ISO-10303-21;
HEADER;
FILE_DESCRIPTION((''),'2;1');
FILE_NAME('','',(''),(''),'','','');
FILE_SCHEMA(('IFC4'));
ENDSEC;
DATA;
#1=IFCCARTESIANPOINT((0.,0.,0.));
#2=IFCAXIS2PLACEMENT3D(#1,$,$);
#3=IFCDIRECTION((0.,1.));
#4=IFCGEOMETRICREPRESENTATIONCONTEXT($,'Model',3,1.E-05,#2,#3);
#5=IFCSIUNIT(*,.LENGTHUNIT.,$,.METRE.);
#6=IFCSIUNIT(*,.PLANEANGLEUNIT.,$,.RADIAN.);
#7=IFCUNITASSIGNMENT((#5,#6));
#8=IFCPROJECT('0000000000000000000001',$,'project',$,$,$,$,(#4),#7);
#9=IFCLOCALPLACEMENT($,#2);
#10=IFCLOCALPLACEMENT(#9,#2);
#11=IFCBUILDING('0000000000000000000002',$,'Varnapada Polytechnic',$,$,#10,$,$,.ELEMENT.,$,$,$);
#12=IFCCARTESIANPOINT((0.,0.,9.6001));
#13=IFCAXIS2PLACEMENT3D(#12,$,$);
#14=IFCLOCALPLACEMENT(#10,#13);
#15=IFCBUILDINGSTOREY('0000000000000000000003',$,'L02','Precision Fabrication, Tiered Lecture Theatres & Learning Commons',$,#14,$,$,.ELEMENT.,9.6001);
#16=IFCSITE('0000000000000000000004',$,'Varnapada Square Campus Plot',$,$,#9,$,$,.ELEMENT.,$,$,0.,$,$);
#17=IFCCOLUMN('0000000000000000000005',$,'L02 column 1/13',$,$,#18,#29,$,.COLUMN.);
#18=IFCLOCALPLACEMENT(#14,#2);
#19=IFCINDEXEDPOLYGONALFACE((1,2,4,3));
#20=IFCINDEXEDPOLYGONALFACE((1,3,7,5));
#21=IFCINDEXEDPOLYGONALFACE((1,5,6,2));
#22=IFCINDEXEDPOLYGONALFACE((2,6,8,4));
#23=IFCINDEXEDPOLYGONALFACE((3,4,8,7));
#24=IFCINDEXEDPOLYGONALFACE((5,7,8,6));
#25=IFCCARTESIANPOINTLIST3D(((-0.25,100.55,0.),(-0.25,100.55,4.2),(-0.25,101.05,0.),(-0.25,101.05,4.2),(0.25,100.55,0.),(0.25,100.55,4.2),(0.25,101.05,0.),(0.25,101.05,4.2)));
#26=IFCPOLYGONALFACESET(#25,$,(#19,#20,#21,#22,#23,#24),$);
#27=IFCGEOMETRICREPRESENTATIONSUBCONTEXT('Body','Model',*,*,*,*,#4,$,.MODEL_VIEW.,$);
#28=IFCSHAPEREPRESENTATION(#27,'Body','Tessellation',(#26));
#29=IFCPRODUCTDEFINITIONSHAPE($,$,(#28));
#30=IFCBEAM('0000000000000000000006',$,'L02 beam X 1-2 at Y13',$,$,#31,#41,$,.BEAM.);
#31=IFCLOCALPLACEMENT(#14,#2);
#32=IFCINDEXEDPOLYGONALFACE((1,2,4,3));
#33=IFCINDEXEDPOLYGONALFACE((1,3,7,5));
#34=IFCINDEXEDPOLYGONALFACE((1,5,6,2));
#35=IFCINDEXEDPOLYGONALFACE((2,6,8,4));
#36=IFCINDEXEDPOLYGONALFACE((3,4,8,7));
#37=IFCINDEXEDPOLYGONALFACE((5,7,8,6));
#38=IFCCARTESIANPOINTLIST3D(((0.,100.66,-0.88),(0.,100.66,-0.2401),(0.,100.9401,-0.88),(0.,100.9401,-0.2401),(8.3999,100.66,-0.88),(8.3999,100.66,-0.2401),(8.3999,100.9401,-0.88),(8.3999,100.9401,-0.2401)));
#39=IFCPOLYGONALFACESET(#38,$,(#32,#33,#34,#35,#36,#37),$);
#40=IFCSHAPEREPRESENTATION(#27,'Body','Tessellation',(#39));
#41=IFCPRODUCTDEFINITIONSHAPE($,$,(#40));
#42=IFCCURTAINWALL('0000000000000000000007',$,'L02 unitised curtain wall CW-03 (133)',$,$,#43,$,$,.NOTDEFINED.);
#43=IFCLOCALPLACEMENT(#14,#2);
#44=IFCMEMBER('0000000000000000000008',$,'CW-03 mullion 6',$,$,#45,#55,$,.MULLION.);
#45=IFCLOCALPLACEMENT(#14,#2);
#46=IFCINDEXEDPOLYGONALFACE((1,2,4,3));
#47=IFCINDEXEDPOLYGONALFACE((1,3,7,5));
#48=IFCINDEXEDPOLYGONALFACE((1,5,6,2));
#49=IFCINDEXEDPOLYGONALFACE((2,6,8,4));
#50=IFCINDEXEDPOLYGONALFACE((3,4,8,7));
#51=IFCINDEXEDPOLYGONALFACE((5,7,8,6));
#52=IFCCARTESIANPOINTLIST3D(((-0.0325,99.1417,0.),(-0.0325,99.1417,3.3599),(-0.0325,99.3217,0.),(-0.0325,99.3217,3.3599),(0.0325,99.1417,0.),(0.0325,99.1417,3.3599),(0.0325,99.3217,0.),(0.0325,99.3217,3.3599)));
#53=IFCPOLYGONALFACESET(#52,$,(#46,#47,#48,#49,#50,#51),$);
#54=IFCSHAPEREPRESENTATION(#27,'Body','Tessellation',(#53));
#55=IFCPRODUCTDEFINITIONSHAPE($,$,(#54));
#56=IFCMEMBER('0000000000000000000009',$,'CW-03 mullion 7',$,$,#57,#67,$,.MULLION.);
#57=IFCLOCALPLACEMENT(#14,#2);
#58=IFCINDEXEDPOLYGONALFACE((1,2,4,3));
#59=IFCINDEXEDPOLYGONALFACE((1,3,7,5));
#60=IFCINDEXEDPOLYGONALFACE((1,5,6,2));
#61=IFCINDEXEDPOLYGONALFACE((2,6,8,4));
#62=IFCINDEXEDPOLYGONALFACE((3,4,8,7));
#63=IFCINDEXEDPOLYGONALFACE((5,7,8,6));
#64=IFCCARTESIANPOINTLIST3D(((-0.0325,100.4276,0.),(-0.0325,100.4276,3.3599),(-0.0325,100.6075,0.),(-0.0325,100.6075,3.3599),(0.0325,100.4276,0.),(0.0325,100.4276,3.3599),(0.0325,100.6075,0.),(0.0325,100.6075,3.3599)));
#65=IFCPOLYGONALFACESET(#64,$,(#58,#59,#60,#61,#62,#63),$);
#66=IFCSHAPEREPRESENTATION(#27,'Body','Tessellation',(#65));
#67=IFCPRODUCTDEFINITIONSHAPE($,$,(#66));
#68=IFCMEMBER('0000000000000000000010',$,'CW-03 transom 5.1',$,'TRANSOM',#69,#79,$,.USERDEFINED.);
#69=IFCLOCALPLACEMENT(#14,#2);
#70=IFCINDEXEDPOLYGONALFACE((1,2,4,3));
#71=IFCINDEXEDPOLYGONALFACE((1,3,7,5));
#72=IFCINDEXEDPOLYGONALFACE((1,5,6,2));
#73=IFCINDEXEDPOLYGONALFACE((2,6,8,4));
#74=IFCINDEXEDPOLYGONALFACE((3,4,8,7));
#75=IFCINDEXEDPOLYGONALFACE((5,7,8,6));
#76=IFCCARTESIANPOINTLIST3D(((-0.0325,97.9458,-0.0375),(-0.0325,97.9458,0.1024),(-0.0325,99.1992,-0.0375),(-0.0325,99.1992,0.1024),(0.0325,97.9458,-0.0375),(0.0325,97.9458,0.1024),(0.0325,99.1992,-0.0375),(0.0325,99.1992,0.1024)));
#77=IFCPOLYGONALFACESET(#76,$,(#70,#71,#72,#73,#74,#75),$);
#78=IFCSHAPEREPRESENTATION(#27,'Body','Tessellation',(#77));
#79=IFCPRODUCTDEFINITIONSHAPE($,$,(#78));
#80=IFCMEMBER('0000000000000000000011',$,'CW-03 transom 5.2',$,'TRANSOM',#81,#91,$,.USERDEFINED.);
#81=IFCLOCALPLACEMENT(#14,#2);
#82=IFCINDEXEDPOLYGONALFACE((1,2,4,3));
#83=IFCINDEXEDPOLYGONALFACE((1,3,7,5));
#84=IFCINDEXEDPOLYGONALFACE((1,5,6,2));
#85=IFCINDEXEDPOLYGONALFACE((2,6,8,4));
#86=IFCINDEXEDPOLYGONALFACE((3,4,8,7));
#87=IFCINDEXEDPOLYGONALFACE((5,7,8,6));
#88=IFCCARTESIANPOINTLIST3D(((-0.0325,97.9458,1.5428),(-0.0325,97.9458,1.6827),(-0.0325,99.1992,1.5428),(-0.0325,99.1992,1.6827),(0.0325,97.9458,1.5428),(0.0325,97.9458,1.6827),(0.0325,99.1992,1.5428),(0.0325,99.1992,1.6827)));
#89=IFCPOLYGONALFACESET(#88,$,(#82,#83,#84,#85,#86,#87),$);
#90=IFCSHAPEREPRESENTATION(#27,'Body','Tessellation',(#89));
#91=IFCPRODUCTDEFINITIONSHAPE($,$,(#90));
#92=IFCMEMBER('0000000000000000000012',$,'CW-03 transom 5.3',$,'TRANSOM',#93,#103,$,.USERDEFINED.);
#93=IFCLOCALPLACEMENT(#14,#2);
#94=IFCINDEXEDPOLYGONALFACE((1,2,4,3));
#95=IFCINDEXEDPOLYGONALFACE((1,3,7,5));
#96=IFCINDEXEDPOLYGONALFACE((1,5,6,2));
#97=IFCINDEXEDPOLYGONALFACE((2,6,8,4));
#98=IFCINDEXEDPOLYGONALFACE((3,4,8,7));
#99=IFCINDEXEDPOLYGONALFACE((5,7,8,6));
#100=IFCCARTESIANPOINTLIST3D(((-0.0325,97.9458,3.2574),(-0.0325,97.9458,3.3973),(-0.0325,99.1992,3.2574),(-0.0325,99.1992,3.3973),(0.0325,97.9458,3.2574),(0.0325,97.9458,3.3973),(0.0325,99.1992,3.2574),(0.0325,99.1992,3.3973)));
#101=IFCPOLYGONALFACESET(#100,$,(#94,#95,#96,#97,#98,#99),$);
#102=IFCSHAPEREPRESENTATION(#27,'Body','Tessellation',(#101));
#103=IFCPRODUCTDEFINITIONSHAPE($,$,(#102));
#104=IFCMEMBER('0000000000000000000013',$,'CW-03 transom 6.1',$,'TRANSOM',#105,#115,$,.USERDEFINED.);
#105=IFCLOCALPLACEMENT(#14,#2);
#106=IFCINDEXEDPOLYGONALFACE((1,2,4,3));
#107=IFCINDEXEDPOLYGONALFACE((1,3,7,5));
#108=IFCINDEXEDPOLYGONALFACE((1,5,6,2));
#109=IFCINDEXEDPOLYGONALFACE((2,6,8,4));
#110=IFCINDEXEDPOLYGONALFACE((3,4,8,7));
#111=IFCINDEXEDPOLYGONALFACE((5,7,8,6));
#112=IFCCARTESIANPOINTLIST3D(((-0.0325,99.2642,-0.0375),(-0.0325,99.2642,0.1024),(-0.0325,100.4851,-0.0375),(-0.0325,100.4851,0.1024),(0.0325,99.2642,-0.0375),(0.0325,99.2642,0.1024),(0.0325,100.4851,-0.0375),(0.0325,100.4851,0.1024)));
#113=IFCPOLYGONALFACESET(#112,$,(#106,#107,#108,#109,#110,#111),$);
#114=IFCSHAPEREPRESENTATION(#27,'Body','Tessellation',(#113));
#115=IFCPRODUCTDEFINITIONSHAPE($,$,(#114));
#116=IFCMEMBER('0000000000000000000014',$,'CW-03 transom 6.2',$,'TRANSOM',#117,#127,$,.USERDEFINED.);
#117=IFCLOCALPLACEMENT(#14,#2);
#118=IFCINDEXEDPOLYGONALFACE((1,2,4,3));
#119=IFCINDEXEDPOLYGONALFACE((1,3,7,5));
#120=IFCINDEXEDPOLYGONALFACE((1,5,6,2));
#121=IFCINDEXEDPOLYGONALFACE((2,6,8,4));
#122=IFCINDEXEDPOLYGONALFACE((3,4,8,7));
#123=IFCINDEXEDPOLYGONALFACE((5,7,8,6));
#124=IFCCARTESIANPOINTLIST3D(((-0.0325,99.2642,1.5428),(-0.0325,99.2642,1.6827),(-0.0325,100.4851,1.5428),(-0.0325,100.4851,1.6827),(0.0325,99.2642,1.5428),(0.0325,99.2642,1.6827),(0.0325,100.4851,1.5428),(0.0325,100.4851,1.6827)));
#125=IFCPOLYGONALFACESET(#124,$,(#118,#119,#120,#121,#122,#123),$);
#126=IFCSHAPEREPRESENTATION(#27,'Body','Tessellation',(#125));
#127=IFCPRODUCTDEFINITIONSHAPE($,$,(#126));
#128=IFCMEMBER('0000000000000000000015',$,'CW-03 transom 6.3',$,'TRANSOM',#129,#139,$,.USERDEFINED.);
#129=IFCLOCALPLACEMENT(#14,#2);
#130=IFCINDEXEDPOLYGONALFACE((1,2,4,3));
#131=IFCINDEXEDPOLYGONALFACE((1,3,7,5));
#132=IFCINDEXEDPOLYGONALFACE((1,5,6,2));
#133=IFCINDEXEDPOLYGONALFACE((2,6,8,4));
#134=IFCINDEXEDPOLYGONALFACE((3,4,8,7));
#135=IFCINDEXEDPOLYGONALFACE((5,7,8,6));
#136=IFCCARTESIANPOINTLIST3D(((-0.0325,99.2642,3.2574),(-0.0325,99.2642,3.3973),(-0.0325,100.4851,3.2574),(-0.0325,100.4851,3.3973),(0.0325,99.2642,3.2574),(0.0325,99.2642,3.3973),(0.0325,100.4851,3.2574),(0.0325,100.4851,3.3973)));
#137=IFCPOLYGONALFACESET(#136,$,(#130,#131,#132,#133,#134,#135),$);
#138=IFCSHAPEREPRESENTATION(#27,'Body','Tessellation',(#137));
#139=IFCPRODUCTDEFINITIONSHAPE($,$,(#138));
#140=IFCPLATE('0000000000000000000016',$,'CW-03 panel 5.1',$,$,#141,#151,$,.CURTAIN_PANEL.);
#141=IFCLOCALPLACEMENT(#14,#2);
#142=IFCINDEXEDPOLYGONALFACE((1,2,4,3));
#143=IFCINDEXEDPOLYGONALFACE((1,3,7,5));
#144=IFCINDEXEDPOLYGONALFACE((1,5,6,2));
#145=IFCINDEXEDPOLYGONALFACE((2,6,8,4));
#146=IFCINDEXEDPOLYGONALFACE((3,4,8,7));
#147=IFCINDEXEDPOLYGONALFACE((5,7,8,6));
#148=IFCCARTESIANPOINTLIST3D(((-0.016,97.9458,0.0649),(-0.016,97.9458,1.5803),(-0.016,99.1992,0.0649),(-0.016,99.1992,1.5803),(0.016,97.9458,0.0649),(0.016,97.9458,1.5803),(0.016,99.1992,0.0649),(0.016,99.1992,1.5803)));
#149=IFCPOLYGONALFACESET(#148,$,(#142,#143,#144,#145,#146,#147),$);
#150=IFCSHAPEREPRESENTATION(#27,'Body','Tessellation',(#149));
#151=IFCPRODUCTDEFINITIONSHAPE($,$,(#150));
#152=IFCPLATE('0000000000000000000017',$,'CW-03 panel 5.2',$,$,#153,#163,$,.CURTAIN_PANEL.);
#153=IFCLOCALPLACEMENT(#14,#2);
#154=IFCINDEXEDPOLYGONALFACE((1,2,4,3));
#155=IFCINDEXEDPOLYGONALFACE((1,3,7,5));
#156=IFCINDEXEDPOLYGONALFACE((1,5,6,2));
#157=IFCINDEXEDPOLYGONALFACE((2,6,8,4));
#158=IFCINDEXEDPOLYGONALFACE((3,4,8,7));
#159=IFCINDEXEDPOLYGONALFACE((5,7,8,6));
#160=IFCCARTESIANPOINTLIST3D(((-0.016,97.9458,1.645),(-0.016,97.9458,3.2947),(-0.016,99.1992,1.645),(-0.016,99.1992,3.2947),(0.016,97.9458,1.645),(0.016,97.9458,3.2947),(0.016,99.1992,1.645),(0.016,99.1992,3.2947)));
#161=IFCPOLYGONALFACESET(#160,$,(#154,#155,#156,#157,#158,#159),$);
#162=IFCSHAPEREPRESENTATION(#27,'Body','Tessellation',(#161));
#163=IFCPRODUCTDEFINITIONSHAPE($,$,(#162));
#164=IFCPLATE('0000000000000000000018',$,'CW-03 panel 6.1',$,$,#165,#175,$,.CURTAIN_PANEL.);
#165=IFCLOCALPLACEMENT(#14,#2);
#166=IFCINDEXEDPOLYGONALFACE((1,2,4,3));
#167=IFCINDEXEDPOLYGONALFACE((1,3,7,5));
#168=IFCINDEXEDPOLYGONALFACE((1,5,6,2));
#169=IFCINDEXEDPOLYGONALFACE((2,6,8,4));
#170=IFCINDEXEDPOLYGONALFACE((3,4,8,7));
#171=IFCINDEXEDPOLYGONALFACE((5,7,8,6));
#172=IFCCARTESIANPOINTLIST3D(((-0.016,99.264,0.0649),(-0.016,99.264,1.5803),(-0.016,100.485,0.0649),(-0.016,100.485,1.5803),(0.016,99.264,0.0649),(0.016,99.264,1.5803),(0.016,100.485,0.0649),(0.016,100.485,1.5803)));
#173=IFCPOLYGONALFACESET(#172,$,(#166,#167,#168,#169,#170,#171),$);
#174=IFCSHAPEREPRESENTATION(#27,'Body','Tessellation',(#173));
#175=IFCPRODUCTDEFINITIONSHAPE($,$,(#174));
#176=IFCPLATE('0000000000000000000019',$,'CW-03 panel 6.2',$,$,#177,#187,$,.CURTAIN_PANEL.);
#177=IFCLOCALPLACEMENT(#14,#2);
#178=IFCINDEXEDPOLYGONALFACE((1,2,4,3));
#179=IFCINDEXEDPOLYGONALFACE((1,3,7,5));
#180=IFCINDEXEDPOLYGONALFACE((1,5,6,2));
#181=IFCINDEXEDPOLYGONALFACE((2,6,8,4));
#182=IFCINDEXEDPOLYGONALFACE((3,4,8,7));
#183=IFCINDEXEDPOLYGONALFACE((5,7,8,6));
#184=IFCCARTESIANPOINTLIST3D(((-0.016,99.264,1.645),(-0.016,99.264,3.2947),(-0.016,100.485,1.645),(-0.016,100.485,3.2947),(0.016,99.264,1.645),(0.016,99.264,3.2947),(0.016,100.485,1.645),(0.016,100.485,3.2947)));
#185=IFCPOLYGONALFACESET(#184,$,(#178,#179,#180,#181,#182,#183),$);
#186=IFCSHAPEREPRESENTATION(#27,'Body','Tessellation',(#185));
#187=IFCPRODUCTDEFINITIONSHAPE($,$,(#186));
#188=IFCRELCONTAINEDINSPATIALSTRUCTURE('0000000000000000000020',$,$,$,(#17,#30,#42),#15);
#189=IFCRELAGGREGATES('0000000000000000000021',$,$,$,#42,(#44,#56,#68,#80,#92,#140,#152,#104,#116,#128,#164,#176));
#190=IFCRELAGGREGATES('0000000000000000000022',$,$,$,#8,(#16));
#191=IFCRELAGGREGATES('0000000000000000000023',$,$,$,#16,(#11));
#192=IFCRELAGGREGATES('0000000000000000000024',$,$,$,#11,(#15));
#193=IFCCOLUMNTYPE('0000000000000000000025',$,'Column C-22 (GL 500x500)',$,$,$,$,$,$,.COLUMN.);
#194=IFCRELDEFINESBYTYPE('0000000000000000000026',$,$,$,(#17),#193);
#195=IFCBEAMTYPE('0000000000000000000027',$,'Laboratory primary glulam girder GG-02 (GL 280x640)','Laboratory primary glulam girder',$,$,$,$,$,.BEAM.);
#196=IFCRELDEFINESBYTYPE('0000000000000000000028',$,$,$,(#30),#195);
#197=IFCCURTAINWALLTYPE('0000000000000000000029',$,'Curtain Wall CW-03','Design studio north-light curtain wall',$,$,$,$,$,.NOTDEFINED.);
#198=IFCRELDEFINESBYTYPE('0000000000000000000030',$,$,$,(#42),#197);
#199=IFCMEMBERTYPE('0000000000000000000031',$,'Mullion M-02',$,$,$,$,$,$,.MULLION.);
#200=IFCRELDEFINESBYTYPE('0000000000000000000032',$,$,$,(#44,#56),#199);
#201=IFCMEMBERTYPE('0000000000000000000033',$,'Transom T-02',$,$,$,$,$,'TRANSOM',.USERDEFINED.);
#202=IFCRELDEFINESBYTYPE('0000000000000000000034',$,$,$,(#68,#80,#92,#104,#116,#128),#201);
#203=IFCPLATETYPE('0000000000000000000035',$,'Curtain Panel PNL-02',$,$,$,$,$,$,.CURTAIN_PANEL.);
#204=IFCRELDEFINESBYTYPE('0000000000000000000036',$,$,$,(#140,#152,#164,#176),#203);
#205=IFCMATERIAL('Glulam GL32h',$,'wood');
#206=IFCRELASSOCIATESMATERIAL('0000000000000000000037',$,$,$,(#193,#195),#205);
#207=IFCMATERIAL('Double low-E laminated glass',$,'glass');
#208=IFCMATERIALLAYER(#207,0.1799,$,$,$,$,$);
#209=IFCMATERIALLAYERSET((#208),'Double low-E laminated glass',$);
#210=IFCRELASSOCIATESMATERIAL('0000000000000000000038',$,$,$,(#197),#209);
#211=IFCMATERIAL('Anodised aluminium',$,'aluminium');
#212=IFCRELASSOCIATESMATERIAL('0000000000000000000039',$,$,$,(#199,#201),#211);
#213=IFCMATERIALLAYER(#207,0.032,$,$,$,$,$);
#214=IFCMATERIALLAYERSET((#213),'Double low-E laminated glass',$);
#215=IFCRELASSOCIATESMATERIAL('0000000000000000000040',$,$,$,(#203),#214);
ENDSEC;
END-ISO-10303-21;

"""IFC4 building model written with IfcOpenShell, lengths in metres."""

from ifc_helpers import new_model, si_unit, direction, frame, origin, origin_2d, place, context, subcontext, project, spatial, rectangle, extrude, material, layer, layer_set, material_profile, profile_set, type_object, element, aggregate, save


model = new_model("IFC4")

# Units and contexts
model_context = context("Model", 3, precision=1e-05, world=origin(), true_north=direction((0.0, 1.0)))
body_context = subcontext(model_context, "Body", "Model", "MODEL_VIEW")
ifc_project = project(units=[si_unit("LENGTHUNIT", "METRE"), si_unit("PLANEANGLEUNIT", "RADIAN")], contexts=[model_context])

# Site, building, storey
site_placement = place(None, origin())
site = spatial("IfcSite", under=ifc_project, at=site_placement, Name="Varnapada Square Campus Plot", CompositionType="ELEMENT", RefElevation=0.0)
building_placement = place(site_placement, origin())
building = spatial("IfcBuilding", under=site, at=building_placement, Name="Varnapada Polytechnic", CompositionType="ELEMENT")
storey_placement = place(building_placement, frame((0.0, 0.0, 9.6001)))
storey = spatial("IfcBuildingStorey", under=building, at=storey_placement, Name="L02", Description="Precision Fabrication, Tiered Lecture Theatres & Learning Commons", CompositionType="ELEMENT", Elevation=9.6001)

# Column
ifc_material_1 = material(Name="Glulam GL32h", Category="wood")
ifc_material_profile_1 = material_profile(ifc_material_1, rectangle(XDim=0.5, YDim=0.5, at=origin_2d()), Name="GL 500x500")
ifc_profile_set_1 = profile_set([ifc_material_profile_1], Name="Glulam GL32h")
column_type = type_object("IfcColumnType", Name="Column C-22 (GL 500x500)", PredefinedType="COLUMN", material=ifc_profile_set_1)
column_placement = place(storey_placement, frame((0.0, 100.8, 0.0), z_axis=(0.0, 0.0, 1.0), x_axis=(1.0, 0.0, 0.0)))
element("IfcColumn", 1, at=column_placement, inside=storey, type_object=column_type, Name="L02 column 1/13", PredefinedType="COLUMN", context=body_context, shape_type="SweptSolid", body=[
    extrude(rectangle(XDim=0.5, YDim=0.5, at=origin_2d()), origin(), (0.0, 0.0, 1.0), 4.2),
])

# Beam
ifc_material_profile_2 = material_profile(ifc_material_1, rectangle(XDim=0.28, YDim=0.6399, at=origin_2d()), Name="GL 280x640")
ifc_profile_set_2 = profile_set([ifc_material_profile_2], Name="Glulam GL32h")
beam_type = type_object("IfcBeamType", Name="Laboratory primary glulam girder GG-02 (GL 280x640)", Description="Laboratory primary glulam girder", PredefinedType="BEAM", material=ifc_profile_set_2)
beam_placement = place(storey_placement, frame((0.0, 100.8, -0.5601), z_axis=(1.0, 0.0, 0.0), x_axis=(0.0, 1.0, 0.0)))
element("IfcBeam", 2, at=beam_placement, inside=storey, type_object=beam_type, Name="L02 beam X 1-2 at Y13", PredefinedType="BEAM", context=body_context, shape_type="SweptSolid", body=[
    extrude(rectangle(XDim=0.28, YDim=0.6399, at=origin_2d()), origin(), (0.0, 0.0, 1.0), 8.3999),
])

# Curtain wall, members, plates
ifc_material_2 = material(Name="Double low-E laminated glass", Category="glass")
ifc_layer_1 = layer(ifc_material_2, 0.1799)
ifc_layer_set_1 = layer_set([ifc_layer_1], Name="Double low-E laminated glass")
curtain_wall_type = type_object("IfcCurtainWallType", Name="Curtain Wall CW-03", Description="Design studio north-light curtain wall", PredefinedType="NOTDEFINED", material=ifc_layer_set_1)
curtain_wall_placement = place(storey_placement, origin())
curtain_wall = element("IfcCurtainWall", 3, at=curtain_wall_placement, inside=storey, type_object=curtain_wall_type, Name="L02 unitised curtain wall CW-03 (133)", PredefinedType="NOTDEFINED")
ifc_material_3 = material(Name="Anodised aluminium", Category="aluminium")
ifc_material_profile_3 = material_profile(ifc_material_3, rectangle(XDim=0.0649, YDim=0.1799, at=origin_2d()), Name="ALU M65x180")
ifc_profile_set_3 = profile_set([ifc_material_profile_3], Name="Anodised aluminium")
member_type_1 = type_object("IfcMemberType", Name="Mullion M-02", PredefinedType="MULLION", material=ifc_profile_set_3)
member_1_placement = place(storey_placement, frame((0.0, 99.2317, 0.0), z_axis=(0.0, 0.0, 1.0), x_axis=(-1.0, 0.0, 0.0)))
member_1 = element("IfcMember", 4, at=member_1_placement, type_object=member_type_1, Name="CW-03 mullion 6", PredefinedType="MULLION", context=body_context, shape_type="SweptSolid", body=[
    extrude(rectangle(XDim=0.0649, YDim=0.1799, at=origin_2d()), origin(), (0.0, 0.0, 1.0), 3.3599),
])
member_2_placement = place(storey_placement, frame((0.0, 100.5176, 0.0), z_axis=(0.0, 0.0, 1.0), x_axis=(-1.0, 0.0, 0.0)))
member_2 = element("IfcMember", 5, at=member_2_placement, type_object=member_type_1, Name="CW-03 mullion 7", PredefinedType="MULLION", context=body_context, shape_type="SweptSolid", body=[
    extrude(rectangle(XDim=0.0649, YDim=0.1799, at=origin_2d()), origin(), (0.0, 0.0, 1.0), 3.3599),
])
ifc_material_profile_4 = material_profile(ifc_material_3, rectangle(XDim=0.0649, YDim=0.1399, at=origin_2d()), Name="ALU T65x140")
ifc_profile_set_4 = profile_set([ifc_material_profile_4], Name="Anodised aluminium")
member_type_2 = type_object("IfcMemberType", Name="Transom T-02", ElementType="TRANSOM", PredefinedType="USERDEFINED", material=ifc_profile_set_4)
member_3_placement = place(storey_placement, frame((0.0, 97.9458, 0.0325), z_axis=(0.0, 1.0, 0.0), x_axis=(-1.0, 0.0, 0.0)))
member_3 = element("IfcMember", 6, at=member_3_placement, type_object=member_type_2, Name="CW-03 transom 5.1", ObjectType="TRANSOM", PredefinedType="USERDEFINED", context=body_context, shape_type="SweptSolid", body=[
    extrude(rectangle(XDim=0.0649, YDim=0.1399, at=origin_2d()), origin(), (0.0, 0.0, 1.0), 1.2534),
])
member_4_placement = place(storey_placement, frame((0.0, 97.9458, 1.6128), z_axis=(0.0, 1.0, 0.0), x_axis=(-1.0, 0.0, 0.0)))
member_4 = element("IfcMember", 7, at=member_4_placement, type_object=member_type_2, Name="CW-03 transom 5.2", ObjectType="TRANSOM", PredefinedType="USERDEFINED", context=body_context, shape_type="SweptSolid", body=[
    extrude(rectangle(XDim=0.0649, YDim=0.1399, at=origin_2d()), origin(), (0.0, 0.0, 1.0), 1.2534),
])
member_5_placement = place(storey_placement, frame((0.0, 97.9458, 3.3274), z_axis=(0.0, 1.0, 0.0), x_axis=(-1.0, 0.0, 0.0)))
member_5 = element("IfcMember", 8, at=member_5_placement, type_object=member_type_2, Name="CW-03 transom 5.3", ObjectType="TRANSOM", PredefinedType="USERDEFINED", context=body_context, shape_type="SweptSolid", body=[
    extrude(rectangle(XDim=0.0649, YDim=0.1399, at=origin_2d()), origin(), (0.0, 0.0, 1.0), 1.2534),
])
member_6_placement = place(storey_placement, frame((0.0, 99.2642, 0.0325), z_axis=(0.0, 1.0, 0.0), x_axis=(-1.0, 0.0, 0.0)))
member_6 = element("IfcMember", 9, at=member_6_placement, type_object=member_type_2, Name="CW-03 transom 6.1", ObjectType="TRANSOM", PredefinedType="USERDEFINED", context=body_context, shape_type="SweptSolid", body=[
    extrude(rectangle(XDim=0.0649, YDim=0.1399, at=origin_2d()), origin(), (0.0, 0.0, 1.0), 1.2209),
])
member_7_placement = place(storey_placement, frame((0.0, 99.2642, 1.6128), z_axis=(0.0, 1.0, 0.0), x_axis=(-1.0, 0.0, 0.0)))
member_7 = element("IfcMember", 10, at=member_7_placement, type_object=member_type_2, Name="CW-03 transom 6.2", ObjectType="TRANSOM", PredefinedType="USERDEFINED", context=body_context, shape_type="SweptSolid", body=[
    extrude(rectangle(XDim=0.0649, YDim=0.1399, at=origin_2d()), origin(), (0.0, 0.0, 1.0), 1.2209),
])
member_8_placement = place(storey_placement, frame((0.0, 99.2642, 3.3274), z_axis=(0.0, 1.0, 0.0), x_axis=(-1.0, 0.0, 0.0)))
member_8 = element("IfcMember", 11, at=member_8_placement, type_object=member_type_2, Name="CW-03 transom 6.3", ObjectType="TRANSOM", PredefinedType="USERDEFINED", context=body_context, shape_type="SweptSolid", body=[
    extrude(rectangle(XDim=0.0649, YDim=0.1399, at=origin_2d()), origin(), (0.0, 0.0, 1.0), 1.2209),
])
ifc_layer_2 = layer(ifc_material_2, 0.032)
ifc_layer_set_2 = layer_set([ifc_layer_2], Name="Double low-E laminated glass")
plate_type = type_object("IfcPlateType", Name="Curtain Panel PNL-02", PredefinedType="CURTAIN_PANEL", material=ifc_layer_set_2)
plate_1_placement = place(storey_placement, frame((0.0, 98.5725, 0.0649), z_axis=(0.0, 0.0, 1.0), x_axis=(0.0, 1.0, 0.0)))
plate_1 = element("IfcPlate", 12, at=plate_1_placement, type_object=plate_type, Name="CW-03 panel 5.1", PredefinedType="CURTAIN_PANEL", context=body_context, shape_type="SweptSolid", body=[
    extrude(rectangle(XDim=1.2534, YDim=0.032, at=origin_2d()), origin(), (0.0, 0.0, 1.0), 1.5154),
])
plate_2_placement = place(storey_placement, frame((0.0, 98.5725, 1.645), z_axis=(0.0, 0.0, 1.0), x_axis=(0.0, 1.0, 0.0)))
plate_2 = element("IfcPlate", 13, at=plate_2_placement, type_object=plate_type, Name="CW-03 panel 5.2", PredefinedType="CURTAIN_PANEL", context=body_context, shape_type="SweptSolid", body=[
    extrude(rectangle(XDim=1.2534, YDim=0.032, at=origin_2d()), origin(), (0.0, 0.0, 1.0), 1.6497),
])
plate_3_placement = place(storey_placement, frame((0.0, 99.8745, 0.0649), z_axis=(0.0, 0.0, 1.0), x_axis=(0.0, 1.0, 0.0)))
plate_3 = element("IfcPlate", 14, at=plate_3_placement, type_object=plate_type, Name="CW-03 panel 6.1", PredefinedType="CURTAIN_PANEL", context=body_context, shape_type="SweptSolid", body=[
    extrude(rectangle(XDim=1.2209, YDim=0.032, at=origin_2d()), origin(), (0.0, 0.0, 1.0), 1.5154),
])
plate_4_placement = place(storey_placement, frame((0.0, 99.8745, 1.645), z_axis=(0.0, 0.0, 1.0), x_axis=(0.0, 1.0, 0.0)))
plate_4 = element("IfcPlate", 15, at=plate_4_placement, type_object=plate_type, Name="CW-03 panel 6.2", PredefinedType="CURTAIN_PANEL", context=body_context, shape_type="SweptSolid", body=[
    extrude(rectangle(XDim=1.2209, YDim=0.032, at=origin_2d()), origin(), (0.0, 0.0, 1.0), 1.6497),
])
aggregate(curtain_wall, [member_1, member_2, member_3, member_4, member_5, plate_1, plate_2, member_6, member_7, member_8, plate_3, plate_4])

save(model, "model.ifc")
